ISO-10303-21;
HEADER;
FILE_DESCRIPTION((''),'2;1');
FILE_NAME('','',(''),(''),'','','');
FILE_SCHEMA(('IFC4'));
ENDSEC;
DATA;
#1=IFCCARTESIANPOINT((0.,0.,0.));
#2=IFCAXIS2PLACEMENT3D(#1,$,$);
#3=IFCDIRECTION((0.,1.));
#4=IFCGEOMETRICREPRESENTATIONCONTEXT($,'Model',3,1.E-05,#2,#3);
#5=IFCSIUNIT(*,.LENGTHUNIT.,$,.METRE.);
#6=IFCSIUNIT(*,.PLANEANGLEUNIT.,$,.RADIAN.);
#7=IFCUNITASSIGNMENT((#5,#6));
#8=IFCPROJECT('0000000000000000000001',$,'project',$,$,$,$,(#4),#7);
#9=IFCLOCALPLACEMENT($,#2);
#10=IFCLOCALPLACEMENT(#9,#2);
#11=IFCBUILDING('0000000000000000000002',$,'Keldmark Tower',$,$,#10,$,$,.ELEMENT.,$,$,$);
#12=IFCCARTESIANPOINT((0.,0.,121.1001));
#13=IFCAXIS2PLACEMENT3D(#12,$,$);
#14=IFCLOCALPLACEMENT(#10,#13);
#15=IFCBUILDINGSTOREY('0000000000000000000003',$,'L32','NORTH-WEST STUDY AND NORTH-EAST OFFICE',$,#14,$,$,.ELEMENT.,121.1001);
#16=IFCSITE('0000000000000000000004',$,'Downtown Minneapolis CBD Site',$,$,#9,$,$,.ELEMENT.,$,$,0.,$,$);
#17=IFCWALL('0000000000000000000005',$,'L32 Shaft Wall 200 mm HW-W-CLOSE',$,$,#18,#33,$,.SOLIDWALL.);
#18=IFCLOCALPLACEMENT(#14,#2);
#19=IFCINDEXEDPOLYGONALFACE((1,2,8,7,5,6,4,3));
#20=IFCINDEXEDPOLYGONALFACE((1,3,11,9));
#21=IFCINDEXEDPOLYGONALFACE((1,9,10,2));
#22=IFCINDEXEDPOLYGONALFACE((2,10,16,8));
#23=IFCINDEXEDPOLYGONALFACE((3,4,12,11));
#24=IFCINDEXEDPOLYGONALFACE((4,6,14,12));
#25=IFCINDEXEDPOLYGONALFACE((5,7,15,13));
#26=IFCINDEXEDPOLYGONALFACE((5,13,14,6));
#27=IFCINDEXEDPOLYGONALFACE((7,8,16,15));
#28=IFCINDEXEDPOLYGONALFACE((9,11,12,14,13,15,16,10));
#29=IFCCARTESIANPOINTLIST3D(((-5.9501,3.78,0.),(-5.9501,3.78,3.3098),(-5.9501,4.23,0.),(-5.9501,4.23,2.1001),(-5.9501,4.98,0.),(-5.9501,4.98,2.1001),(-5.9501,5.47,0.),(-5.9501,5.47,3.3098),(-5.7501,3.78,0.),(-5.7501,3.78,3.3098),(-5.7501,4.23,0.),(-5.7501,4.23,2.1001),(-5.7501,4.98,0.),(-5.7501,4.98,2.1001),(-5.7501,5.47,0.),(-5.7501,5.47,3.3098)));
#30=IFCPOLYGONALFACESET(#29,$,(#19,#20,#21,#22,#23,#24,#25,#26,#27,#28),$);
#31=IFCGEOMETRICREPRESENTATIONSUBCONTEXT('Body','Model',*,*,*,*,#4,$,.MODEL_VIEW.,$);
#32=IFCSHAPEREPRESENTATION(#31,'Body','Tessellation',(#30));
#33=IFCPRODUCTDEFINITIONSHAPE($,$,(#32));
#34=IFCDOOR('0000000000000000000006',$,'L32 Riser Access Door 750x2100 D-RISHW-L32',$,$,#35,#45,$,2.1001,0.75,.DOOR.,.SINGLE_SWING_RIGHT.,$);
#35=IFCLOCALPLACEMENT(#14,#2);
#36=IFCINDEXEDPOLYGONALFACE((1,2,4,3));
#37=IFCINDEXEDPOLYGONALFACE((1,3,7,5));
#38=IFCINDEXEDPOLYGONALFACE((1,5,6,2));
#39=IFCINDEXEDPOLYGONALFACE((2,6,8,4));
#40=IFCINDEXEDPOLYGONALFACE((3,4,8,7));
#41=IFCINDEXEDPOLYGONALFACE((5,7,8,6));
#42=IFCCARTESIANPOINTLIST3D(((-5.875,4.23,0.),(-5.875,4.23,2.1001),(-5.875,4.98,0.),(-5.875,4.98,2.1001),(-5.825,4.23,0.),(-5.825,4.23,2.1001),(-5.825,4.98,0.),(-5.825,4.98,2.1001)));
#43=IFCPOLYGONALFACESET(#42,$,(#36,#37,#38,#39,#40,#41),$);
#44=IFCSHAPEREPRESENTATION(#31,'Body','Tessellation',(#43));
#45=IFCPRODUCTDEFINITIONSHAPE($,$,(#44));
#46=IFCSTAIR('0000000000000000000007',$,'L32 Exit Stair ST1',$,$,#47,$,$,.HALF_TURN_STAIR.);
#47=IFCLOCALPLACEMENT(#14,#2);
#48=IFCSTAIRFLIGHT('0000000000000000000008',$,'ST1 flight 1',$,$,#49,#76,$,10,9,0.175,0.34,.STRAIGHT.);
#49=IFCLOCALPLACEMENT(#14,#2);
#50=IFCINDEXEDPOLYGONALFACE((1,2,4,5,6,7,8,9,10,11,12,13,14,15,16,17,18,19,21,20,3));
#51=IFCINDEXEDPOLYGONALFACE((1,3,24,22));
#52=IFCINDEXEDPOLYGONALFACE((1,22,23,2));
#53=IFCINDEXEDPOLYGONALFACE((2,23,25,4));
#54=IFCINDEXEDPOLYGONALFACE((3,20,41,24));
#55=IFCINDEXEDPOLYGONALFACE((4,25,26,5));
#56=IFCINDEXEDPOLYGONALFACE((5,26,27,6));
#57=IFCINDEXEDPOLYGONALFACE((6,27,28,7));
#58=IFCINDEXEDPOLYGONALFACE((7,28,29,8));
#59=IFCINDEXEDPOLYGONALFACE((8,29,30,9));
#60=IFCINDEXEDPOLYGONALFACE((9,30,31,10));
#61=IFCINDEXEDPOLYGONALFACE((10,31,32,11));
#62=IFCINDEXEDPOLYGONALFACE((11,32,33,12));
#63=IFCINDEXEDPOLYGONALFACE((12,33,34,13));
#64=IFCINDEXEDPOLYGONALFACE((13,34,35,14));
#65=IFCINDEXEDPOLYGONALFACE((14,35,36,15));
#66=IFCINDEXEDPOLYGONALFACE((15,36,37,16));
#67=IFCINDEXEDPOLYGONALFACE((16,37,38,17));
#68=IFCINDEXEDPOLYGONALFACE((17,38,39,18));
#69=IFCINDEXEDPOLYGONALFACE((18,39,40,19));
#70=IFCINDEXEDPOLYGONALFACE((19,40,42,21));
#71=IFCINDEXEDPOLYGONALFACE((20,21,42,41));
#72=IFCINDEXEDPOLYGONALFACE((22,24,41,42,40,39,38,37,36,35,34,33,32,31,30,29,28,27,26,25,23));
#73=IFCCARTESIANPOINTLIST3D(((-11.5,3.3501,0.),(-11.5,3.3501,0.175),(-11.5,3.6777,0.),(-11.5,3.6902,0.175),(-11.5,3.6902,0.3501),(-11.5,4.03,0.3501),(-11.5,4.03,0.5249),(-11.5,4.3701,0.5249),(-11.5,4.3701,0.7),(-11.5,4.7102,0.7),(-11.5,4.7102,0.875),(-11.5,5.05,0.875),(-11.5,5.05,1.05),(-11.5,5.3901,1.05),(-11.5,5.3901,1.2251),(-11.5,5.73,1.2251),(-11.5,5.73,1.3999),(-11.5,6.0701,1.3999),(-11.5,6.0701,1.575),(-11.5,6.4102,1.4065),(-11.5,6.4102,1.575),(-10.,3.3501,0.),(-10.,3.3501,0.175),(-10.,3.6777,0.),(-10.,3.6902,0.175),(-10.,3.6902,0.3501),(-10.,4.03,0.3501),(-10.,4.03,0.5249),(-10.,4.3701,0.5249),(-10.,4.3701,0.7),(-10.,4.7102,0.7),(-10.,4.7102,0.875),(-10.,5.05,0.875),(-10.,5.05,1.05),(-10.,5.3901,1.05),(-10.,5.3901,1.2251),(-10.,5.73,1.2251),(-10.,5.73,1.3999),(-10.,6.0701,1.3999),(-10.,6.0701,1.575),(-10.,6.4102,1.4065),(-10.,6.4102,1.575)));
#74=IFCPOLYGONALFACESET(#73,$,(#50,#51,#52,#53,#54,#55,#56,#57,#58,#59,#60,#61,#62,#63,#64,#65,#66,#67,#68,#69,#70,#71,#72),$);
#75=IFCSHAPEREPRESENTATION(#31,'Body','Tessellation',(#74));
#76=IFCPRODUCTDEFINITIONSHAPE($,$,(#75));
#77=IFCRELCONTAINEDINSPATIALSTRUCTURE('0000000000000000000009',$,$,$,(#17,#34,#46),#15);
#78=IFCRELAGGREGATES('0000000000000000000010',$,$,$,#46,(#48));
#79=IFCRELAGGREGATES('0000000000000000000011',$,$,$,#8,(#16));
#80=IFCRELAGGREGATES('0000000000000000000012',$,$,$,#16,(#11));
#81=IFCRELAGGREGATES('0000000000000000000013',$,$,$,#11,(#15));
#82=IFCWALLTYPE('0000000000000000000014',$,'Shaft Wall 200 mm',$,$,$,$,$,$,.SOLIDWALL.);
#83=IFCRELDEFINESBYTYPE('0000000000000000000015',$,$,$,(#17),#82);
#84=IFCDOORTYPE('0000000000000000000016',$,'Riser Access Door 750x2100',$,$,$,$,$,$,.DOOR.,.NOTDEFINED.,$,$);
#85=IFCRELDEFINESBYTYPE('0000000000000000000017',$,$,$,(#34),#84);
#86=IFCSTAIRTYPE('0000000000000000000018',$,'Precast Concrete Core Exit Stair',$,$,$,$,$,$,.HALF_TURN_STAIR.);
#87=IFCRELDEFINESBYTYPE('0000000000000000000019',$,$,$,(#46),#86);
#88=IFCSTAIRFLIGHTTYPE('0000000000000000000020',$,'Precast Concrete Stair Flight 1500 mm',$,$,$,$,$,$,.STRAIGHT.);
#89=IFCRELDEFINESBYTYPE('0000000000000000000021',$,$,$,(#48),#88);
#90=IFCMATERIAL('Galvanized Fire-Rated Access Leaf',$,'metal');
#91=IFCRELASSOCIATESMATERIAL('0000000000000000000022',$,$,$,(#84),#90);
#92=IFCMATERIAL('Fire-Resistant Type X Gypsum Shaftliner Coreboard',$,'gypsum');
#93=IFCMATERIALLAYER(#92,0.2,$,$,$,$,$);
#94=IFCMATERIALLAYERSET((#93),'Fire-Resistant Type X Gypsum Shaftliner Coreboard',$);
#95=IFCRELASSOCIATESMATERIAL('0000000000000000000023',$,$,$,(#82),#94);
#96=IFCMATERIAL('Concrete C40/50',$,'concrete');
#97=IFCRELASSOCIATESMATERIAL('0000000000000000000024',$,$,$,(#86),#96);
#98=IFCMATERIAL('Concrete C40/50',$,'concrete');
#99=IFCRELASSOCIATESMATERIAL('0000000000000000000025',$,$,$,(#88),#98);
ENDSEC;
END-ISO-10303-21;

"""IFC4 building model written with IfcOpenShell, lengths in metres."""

from ifc_helpers import new_model, si_unit, direction, frame, frame_2d, origin, place, context, subcontext, project, spatial, polyline, rectangle, outline, extrude, material, layer, layer_set, type_object, element, fill, aggregate, save


model = new_model("IFC4")

# Units and contexts
model_context = context("Model", 3, precision=1e-05, world=origin(), true_north=direction((0.0, 1.0)))
body_context = subcontext(model_context, "Body", "Model", "MODEL_VIEW")
ifc_project = project(units=[si_unit("LENGTHUNIT", "METRE"), si_unit("PLANEANGLEUNIT", "RADIAN")], contexts=[model_context])

# Site, building, storey
site_placement = place(None, origin())
site = spatial("IfcSite", under=ifc_project, at=site_placement, Name="Downtown Minneapolis CBD Site", CompositionType="ELEMENT", RefElevation=0.0)
building_placement = place(site_placement, origin())
building = spatial("IfcBuilding", under=site, at=building_placement, Name="Keldmark Tower", CompositionType="ELEMENT")
storey_placement = place(building_placement, frame((0.0, 0.0, 121.1001)))
storey = spatial("IfcBuildingStorey", under=building, at=storey_placement, Name="L32", Description="NORTH-WEST STUDY AND NORTH-EAST OFFICE", CompositionType="ELEMENT", Elevation=121.1001)

# Shared definitions
ifc_material_1 = material(Name="Galvanized Fire-Rated Access Leaf", Category="metal")
door_type = type_object("IfcDoorType", Name="Riser Access Door 750x2100", OperationType="NOTDEFINED", PredefinedType="DOOR", material=ifc_material_1)

# Shared definitions
ifc_material_2 = material(Name="Fire-Resistant Type X Gypsum Shaftliner Coreboard", Category="gypsum")
ifc_layer_1 = layer(ifc_material_2, 0.2)
ifc_layer_set_1 = layer_set([ifc_layer_1], Name="Fire-Resistant Type X Gypsum Shaftliner Coreboard")
wall_type_1 = type_object("IfcWallType", Name="Shaft Wall 200 mm", PredefinedType="SOLIDWALL", material=ifc_layer_set_1)

# Wall, opening, door
wall_1_placement = place(storey_placement, frame((-5.8501, 3.78, 0.0), z_axis=(0.0, 0.0, 1.0), x_axis=(0.0, 1.0, 0.0)))
wall_1 = element("IfcWall", 1, at=wall_1_placement, inside=storey, type_object=wall_type_1, Name="L32 Shaft Wall 200 mm HW-W-CLOSE", PredefinedType="SOLIDWALL", context=body_context, shape_type="SweptSolid", body=[
    extrude(rectangle(XDim=1.6899, YDim=0.2, at=frame_2d((0.845, 0.0))), origin(), (0.0, 0.0, 1.0), 3.3098),
])
opening_1_placement = place(wall_1_placement, frame((0.45, 0.0, 0.0)))
opening_1 = element("IfcOpeningElement", 2, at=opening_1_placement, cuts=wall_1, PredefinedType="OPENING", context=body_context, shape_type="SweptSolid", body=[
    extrude(rectangle(XDim=0.75, YDim=2.1001, at=frame_2d((0.375, 1.05))), frame((0.0, 0.1099, 0.0), z_axis=(0.0, -1.0, 0.0), x_axis=(1.0, 0.0, 0.0)), (0.0, 0.0, 1.0), 0.22),
])
door_1_placement = place(opening_1_placement, origin())
door_1 = element("IfcDoor", 3, at=door_1_placement, inside=storey, type_object=door_type, Name="L32 Riser Access Door 750x2100 D-RISHW-L32", OperationType="SINGLE_SWING_RIGHT", OverallHeight=2.1001, OverallWidth=0.75, PredefinedType="DOOR", context=body_context, shape_type="SweptSolid", body=[
    extrude(rectangle(XDim=0.75, YDim=2.1001, at=frame_2d((0.375, 1.05))), frame((0.0, 0.0249, 0.0), z_axis=(0.0, -1.0, 0.0), x_axis=(1.0, 0.0, 0.0)), (0.0, 0.0, 1.0), 0.05),
])
fill(opening_1, door_1)

# Stair, stair flight
ifc_material_3 = material(Name="Concrete C40/50", Category="concrete")
stair_type = type_object("IfcStairType", Name="Precast Concrete Core Exit Stair", PredefinedType="HALF_TURN_STAIR", material=ifc_material_3)
stair_placement = place(storey_placement, origin())
stair = element("IfcStair", 4, at=stair_placement, inside=storey, type_object=stair_type, Name="L32 Exit Stair ST1", PredefinedType="HALF_TURN_STAIR")
ifc_material_4 = material(Name="Concrete C40/50", Category="concrete")
stair_flight_type = type_object("IfcStairFlightType", Name="Precast Concrete Stair Flight 1500 mm", PredefinedType="STRAIGHT", material=ifc_material_4)
stair_flight_placement = place(storey_placement, frame((-10.75, 3.3501, 0.0), z_axis=(0.0, 0.0, 1.0), x_axis=(0.0, 1.0, 0.0)))
stair_flight = element("IfcStairFlight", 5, at=stair_flight_placement, type_object=stair_flight_type, Name="ST1 flight 1", NumberOfRisers=10, NumberOfTreads=9, PredefinedType="STRAIGHT", RiserHeight=0.175, TreadLength=0.34, context=body_context, shape_type="SweptSolid", body=[
    extrude(outline(polyline([(0.0, 0.0), (0.0, 0.175), (0.3401, 0.175), (0.3401, 0.3501), (0.6799, 0.3501), (0.6799, 0.5249), (1.02, 0.5249), (1.02, 0.7), (1.3601, 0.7), (1.3601, 0.875), (1.7, 0.875), (1.7, 1.05), (2.04, 1.05), (2.04, 1.2251), (2.3799, 1.2251), (2.3799, 1.3999), (2.72, 1.3999), (2.72, 1.575), (3.0601, 1.575), (3.0601, 1.75), (3.0601, 1.4065), (0.3276, 0.0), (0.0, 0.0)])), frame((0.0, 0.75, 0.0), z_axis=(0.0, -1.0, 0.0), x_axis=(1.0, 0.0, 0.0)), (0.0, 0.0, 1.0), 1.5),
])
aggregate(stair, [stair_flight])

save(model, "model.ifc")
